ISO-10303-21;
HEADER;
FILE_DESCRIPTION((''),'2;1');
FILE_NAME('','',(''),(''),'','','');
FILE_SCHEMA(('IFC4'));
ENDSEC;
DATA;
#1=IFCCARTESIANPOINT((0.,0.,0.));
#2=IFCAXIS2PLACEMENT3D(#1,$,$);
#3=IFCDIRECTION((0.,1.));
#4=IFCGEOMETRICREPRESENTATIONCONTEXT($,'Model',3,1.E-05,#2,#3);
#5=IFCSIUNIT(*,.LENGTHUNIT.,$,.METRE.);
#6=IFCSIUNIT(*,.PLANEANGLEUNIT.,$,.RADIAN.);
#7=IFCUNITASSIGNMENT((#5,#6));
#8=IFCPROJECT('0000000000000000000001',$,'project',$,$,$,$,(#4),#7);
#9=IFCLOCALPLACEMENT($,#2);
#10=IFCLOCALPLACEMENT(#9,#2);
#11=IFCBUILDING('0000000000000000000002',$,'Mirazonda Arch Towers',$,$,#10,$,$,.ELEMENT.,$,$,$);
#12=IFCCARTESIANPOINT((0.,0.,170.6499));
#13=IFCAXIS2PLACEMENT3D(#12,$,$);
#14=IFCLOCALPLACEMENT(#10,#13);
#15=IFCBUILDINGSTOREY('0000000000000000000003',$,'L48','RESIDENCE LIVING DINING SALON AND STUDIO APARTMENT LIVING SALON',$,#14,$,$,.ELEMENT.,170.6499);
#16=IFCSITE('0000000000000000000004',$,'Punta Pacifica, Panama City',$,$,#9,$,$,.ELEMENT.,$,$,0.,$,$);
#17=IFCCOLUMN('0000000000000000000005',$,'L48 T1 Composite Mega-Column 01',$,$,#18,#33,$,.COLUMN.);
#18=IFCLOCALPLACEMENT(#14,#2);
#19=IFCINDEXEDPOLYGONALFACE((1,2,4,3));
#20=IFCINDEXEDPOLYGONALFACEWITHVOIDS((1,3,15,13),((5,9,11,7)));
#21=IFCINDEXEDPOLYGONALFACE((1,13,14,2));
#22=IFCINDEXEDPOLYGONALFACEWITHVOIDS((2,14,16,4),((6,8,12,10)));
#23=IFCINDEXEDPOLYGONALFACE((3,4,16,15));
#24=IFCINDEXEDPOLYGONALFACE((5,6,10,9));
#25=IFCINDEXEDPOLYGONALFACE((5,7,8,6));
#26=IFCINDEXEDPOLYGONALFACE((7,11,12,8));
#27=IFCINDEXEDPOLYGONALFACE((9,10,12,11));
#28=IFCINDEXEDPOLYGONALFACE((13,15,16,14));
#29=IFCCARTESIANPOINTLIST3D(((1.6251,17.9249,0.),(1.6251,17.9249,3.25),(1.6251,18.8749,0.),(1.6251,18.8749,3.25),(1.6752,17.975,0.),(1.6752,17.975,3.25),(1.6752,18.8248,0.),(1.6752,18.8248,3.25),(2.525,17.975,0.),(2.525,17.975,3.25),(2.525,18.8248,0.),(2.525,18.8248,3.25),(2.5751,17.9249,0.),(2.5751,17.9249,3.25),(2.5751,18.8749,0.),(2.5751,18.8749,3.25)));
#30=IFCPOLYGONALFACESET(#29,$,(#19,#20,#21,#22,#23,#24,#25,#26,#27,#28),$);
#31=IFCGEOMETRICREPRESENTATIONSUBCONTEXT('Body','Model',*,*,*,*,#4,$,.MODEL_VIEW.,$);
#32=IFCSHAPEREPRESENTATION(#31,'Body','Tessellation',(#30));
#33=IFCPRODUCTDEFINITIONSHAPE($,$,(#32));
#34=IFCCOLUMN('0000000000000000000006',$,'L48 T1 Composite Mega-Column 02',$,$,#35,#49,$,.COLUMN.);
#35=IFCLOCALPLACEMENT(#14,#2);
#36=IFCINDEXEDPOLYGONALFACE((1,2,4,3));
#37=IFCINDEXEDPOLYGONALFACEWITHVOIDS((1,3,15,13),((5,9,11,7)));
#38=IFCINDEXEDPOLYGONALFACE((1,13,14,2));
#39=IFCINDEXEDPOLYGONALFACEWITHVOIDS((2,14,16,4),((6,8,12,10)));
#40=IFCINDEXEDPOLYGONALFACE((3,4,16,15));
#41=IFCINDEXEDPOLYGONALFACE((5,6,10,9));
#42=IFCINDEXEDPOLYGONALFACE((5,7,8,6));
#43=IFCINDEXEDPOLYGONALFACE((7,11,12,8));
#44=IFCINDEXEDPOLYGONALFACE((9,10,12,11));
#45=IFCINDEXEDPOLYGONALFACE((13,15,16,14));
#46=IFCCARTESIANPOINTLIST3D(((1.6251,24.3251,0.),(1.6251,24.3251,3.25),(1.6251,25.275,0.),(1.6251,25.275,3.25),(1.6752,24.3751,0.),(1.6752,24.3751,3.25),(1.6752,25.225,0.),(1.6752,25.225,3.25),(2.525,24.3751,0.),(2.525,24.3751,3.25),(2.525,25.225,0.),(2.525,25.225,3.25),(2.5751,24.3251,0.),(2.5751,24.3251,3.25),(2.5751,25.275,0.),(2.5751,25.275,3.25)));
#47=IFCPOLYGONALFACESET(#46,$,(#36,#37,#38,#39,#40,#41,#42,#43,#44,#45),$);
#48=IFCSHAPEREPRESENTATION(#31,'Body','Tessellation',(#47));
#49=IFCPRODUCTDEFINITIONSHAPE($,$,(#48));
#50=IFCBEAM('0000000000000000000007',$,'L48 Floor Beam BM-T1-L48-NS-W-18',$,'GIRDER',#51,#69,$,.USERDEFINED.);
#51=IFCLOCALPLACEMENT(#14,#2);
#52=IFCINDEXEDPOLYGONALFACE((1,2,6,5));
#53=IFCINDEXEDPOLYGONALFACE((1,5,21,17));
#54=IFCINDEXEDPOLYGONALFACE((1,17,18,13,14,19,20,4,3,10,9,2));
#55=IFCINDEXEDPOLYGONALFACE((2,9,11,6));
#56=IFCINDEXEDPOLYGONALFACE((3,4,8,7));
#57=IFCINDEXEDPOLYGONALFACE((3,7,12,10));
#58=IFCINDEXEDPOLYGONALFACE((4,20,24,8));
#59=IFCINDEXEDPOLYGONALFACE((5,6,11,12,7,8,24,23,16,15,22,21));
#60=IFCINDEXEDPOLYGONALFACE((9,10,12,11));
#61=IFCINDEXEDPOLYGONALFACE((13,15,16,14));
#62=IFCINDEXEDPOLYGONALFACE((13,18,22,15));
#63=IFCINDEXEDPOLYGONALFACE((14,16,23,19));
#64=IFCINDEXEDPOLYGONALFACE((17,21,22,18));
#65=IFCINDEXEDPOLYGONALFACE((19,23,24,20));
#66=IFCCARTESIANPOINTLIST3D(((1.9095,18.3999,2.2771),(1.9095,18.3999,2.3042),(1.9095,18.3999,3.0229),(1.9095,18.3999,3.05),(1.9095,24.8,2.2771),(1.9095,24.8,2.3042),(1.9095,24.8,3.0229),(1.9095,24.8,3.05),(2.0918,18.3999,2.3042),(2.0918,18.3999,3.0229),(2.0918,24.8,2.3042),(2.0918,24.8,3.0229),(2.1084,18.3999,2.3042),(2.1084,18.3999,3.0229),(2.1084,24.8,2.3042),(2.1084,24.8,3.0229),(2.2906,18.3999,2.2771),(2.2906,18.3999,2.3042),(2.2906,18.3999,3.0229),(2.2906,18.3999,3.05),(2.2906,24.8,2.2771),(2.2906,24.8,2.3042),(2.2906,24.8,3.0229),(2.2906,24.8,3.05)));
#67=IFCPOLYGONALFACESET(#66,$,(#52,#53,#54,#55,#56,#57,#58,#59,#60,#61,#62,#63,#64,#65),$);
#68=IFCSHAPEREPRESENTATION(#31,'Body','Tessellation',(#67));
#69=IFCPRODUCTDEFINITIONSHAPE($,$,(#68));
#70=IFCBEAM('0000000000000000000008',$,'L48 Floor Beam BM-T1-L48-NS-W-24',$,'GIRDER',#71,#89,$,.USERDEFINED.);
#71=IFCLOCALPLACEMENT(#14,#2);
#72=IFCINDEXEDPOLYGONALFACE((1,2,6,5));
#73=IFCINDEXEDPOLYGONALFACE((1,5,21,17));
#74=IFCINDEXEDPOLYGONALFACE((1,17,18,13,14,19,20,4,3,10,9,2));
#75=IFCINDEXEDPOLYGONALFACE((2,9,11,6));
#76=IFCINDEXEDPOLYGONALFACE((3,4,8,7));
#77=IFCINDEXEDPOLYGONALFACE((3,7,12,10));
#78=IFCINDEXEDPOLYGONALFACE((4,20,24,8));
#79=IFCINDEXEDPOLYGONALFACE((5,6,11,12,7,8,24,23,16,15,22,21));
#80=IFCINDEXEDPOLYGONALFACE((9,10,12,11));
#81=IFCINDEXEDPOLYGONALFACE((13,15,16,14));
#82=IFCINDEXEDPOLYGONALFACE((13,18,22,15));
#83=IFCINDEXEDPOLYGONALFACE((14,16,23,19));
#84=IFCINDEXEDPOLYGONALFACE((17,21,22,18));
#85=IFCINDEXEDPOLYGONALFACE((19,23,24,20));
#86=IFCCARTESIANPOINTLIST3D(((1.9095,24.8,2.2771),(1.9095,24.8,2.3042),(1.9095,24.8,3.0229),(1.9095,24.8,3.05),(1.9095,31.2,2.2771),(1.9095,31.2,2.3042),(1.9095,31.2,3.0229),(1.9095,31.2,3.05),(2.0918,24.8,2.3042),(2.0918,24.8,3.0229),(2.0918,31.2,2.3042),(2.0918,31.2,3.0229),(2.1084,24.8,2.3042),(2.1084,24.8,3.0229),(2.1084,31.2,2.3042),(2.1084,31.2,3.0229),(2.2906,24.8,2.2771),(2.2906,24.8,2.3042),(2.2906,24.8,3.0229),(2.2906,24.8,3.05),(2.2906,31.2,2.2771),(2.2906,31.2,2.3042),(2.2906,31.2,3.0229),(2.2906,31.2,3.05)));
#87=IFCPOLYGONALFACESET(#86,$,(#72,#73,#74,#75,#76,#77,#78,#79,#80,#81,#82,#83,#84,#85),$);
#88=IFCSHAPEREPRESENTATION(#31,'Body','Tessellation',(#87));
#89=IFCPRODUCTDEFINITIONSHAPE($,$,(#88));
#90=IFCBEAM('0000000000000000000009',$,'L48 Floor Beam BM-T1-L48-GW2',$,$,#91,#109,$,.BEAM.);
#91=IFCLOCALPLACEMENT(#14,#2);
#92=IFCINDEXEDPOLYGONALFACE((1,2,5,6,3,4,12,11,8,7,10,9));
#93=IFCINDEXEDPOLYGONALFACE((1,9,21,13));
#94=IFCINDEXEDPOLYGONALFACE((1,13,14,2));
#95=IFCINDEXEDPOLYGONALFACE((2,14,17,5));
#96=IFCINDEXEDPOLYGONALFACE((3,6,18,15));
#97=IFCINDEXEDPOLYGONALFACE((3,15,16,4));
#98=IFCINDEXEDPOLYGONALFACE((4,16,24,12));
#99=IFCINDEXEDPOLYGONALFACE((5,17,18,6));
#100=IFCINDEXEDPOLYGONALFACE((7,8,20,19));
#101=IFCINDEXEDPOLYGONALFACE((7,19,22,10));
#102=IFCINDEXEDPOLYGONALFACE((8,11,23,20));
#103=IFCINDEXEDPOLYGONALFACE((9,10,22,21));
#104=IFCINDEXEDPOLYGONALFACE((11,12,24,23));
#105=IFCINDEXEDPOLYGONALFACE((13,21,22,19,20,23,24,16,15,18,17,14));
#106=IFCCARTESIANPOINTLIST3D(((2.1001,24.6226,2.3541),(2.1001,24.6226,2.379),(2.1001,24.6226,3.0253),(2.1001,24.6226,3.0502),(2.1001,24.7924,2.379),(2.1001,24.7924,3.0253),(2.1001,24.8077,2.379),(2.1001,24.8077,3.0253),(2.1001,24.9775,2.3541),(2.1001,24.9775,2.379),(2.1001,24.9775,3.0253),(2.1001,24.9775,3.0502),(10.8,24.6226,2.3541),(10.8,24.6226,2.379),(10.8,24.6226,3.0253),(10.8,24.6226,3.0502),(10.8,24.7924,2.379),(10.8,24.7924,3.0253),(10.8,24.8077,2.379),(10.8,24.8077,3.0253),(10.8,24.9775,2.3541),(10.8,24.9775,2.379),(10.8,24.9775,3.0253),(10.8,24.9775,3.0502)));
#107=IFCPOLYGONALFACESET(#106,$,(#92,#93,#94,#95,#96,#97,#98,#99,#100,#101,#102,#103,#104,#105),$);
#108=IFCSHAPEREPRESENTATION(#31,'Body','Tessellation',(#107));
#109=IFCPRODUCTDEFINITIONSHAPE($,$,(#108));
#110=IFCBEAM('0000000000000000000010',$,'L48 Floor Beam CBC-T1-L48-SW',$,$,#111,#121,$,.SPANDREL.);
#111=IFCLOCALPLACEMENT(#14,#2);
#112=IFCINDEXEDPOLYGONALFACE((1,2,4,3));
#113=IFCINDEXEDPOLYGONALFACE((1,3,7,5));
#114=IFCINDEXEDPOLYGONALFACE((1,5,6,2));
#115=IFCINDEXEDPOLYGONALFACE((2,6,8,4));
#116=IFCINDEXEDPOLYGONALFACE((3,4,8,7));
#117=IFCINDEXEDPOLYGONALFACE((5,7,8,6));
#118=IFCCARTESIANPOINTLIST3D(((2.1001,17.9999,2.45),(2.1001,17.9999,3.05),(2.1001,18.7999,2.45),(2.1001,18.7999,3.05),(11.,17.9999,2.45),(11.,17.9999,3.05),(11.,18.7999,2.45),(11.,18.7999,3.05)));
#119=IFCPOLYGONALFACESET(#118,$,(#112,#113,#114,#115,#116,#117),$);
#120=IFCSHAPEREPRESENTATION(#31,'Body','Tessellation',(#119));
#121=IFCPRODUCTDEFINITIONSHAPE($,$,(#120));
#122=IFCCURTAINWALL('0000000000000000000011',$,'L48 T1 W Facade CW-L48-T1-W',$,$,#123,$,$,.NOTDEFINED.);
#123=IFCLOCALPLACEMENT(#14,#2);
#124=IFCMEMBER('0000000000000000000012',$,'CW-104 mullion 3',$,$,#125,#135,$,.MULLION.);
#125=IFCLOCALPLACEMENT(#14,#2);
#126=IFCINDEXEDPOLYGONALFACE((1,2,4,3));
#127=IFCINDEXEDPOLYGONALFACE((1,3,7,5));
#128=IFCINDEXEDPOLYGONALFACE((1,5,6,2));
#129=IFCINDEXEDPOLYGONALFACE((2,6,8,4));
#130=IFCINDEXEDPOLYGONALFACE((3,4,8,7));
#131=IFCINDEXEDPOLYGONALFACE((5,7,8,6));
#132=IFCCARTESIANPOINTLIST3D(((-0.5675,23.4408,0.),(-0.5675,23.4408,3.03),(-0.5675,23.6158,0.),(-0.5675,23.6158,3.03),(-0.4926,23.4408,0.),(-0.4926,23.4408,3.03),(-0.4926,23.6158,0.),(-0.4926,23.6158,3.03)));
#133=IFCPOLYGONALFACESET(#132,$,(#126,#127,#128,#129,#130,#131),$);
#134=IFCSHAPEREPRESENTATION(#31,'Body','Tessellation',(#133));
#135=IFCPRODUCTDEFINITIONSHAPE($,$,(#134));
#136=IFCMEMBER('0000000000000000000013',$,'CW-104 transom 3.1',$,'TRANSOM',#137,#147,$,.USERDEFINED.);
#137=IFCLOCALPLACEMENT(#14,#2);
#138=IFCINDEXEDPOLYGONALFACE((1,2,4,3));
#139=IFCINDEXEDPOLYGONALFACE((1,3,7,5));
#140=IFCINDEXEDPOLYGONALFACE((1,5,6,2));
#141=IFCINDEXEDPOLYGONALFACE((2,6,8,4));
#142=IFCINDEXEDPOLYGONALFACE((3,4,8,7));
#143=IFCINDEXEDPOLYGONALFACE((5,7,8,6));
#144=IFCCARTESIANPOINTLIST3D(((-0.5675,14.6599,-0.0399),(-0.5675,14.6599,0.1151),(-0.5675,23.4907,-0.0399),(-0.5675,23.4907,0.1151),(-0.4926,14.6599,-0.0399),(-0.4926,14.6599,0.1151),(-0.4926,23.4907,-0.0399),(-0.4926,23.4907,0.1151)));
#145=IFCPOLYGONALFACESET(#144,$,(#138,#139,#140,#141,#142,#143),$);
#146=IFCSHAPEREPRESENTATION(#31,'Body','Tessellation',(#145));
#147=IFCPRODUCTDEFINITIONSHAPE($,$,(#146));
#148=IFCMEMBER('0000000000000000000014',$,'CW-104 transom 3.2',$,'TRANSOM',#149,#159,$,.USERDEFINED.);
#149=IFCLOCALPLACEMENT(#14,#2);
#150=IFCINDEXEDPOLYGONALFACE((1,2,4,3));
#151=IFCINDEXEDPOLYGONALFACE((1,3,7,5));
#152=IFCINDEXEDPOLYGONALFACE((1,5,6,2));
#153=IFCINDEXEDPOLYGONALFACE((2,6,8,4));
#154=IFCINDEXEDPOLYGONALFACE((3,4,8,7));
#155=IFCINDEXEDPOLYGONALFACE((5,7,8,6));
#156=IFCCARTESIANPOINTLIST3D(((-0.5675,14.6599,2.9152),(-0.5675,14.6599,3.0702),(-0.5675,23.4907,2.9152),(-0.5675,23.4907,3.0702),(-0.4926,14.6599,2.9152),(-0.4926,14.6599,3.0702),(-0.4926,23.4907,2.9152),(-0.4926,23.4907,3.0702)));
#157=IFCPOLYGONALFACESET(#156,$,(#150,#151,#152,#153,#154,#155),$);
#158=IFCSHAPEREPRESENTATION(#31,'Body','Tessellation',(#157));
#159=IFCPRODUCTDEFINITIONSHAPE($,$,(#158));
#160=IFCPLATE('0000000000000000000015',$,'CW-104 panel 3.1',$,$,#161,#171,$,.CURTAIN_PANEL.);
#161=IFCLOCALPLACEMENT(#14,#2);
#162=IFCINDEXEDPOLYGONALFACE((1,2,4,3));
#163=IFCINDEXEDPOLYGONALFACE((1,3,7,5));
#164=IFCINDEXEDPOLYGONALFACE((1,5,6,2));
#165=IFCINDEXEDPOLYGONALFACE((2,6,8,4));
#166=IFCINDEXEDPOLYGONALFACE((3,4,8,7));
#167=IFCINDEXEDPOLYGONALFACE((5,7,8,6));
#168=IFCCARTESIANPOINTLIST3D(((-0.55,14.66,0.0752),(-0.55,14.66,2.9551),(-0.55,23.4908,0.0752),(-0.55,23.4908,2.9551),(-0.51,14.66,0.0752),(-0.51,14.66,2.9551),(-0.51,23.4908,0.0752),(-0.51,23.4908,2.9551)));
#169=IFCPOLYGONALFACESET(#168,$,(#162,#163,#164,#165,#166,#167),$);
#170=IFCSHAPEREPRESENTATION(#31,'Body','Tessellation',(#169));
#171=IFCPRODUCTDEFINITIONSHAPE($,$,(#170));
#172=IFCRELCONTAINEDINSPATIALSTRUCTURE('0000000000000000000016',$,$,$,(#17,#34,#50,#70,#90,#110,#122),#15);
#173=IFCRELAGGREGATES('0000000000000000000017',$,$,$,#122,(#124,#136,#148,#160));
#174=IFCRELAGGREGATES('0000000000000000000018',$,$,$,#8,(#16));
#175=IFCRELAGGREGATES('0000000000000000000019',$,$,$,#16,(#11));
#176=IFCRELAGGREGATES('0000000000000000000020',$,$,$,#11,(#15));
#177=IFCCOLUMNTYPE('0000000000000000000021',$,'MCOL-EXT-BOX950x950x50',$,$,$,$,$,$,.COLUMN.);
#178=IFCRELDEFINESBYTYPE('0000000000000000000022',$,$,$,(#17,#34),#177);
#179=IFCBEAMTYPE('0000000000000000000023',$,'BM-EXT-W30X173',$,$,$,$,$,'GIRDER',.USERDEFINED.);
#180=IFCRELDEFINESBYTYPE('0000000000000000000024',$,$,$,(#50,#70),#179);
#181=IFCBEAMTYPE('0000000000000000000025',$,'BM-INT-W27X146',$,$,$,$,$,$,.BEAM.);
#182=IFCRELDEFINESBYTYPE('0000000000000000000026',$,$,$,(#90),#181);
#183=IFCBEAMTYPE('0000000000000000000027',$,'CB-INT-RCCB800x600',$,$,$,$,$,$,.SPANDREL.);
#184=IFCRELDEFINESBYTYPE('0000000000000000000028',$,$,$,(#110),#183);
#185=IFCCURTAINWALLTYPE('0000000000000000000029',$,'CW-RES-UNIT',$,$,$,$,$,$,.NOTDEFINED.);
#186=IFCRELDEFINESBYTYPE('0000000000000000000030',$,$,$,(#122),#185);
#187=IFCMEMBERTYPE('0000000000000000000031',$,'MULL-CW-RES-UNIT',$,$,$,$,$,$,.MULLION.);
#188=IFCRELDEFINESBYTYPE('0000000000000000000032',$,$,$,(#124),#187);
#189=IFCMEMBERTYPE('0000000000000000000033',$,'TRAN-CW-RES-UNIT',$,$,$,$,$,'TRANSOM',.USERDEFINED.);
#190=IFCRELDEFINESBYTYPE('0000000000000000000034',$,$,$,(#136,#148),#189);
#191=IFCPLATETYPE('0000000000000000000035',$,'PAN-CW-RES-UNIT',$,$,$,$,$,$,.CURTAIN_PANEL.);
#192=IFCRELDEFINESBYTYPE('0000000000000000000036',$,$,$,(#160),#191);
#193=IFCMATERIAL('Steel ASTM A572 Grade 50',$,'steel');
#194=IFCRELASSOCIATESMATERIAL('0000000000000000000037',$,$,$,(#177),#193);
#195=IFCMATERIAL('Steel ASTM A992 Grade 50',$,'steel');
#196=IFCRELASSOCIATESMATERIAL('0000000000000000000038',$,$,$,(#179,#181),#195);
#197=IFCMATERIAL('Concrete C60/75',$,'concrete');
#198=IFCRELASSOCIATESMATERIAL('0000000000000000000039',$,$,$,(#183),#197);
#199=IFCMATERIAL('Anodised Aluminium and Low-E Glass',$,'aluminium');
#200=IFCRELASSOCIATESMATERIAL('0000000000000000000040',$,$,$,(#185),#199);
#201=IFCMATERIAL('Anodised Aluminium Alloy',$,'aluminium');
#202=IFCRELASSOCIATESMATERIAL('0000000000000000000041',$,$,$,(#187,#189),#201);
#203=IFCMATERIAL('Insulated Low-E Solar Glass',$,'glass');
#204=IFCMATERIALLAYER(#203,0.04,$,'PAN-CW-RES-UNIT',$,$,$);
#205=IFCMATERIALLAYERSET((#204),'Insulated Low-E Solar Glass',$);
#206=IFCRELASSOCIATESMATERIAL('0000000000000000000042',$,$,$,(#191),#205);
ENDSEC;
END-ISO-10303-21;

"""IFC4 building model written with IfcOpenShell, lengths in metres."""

from ifc_helpers import new_model, si_unit, direction, frame, origin, origin_2d, place, context, subcontext, project, spatial, rectangle, hollow_rectangle, i_section, extrude, material, layer, layer_set, material_profile, profile_set, type_object, element, aggregate, save


model = new_model("IFC4")

# Units and contexts
model_context = context("Model", 3, precision=1e-05, world=origin(), true_north=direction((0.0, 1.0)))
body_context = subcontext(model_context, "Body", "Model", "MODEL_VIEW")
ifc_project = project(units=[si_unit("LENGTHUNIT", "METRE"), si_unit("PLANEANGLEUNIT", "RADIAN")], contexts=[model_context])

# Site, building, storey
site_placement = place(None, origin())
site = spatial("IfcSite", under=ifc_project, at=site_placement, Name="Punta Pacifica, Panama City", CompositionType="ELEMENT", RefElevation=0.0)
building_placement = place(site_placement, origin())
building = spatial("IfcBuilding", under=site, at=building_placement, Name="Mirazonda Arch Towers", CompositionType="ELEMENT")
storey_placement = place(building_placement, frame((0.0, 0.0, 170.6499)))
storey = spatial("IfcBuildingStorey", under=building, at=storey_placement, Name="L48", Description="RESIDENCE LIVING DINING SALON AND STUDIO APARTMENT LIVING SALON", CompositionType="ELEMENT", Elevation=170.6499)

# Columns
ifc_material_1 = material(Name="Steel ASTM A572 Grade 50", Category="steel")
ifc_material_profile_1 = material_profile(ifc_material_1, hollow_rectangle(XDim=0.95, YDim=0.95, WallThickness=0.05, at=origin_2d()), Name="BOX950x950x50")
ifc_profile_set_1 = profile_set([ifc_material_profile_1], Name="Steel ASTM A572 Grade 50")
column_type = type_object("IfcColumnType", Name="MCOL-EXT-BOX950x950x50", PredefinedType="COLUMN", material=ifc_profile_set_1)
for number, where, z_axis, x_axis, name in (
    (1, (2.1001, 18.3999, 0.0), (0.0, 0.0, 1.0), (1.0, 0.0, 0.0), "L48 T1 Composite Mega-Column 01"),
    (2, (2.1001, 24.8, 0.0), (0.0, 0.0, 1.0), (1.0, 0.0, 0.0), "L48 T1 Composite Mega-Column 02"),
):
    element("IfcColumn", number, at=place(storey_placement, frame(where, z_axis=z_axis, x_axis=x_axis)), inside=storey, type_object=column_type, Name=name, PredefinedType="COLUMN", context=body_context, shape_type="SweptSolid", body=[
        extrude(hollow_rectangle(XDim=0.95, YDim=0.95, WallThickness=0.05, at=origin_2d()), origin(), (0.0, 0.0, 1.0), 3.25),
    ])

# Beams
ifc_material_2 = material(Name="Steel ASTM A992 Grade 50", Category="steel")
ifc_material_profile_2 = material_profile(ifc_material_2, i_section(OverallWidth=0.3811, OverallDepth=0.7729, WebThickness=0.0166, FlangeThickness=0.0271, at=origin_2d()), Name="W30X173")
ifc_profile_set_2 = profile_set([ifc_material_profile_2], Name="Steel ASTM A992 Grade 50")
beam_type_1 = type_object("IfcBeamType", Name="BM-EXT-W30X173", ElementType="GIRDER", PredefinedType="USERDEFINED", material=ifc_profile_set_2)
beam_1_placement = place(storey_placement, frame((2.1001, 18.3999, 2.6636), z_axis=(0.0, 1.0, 0.0), x_axis=(-1.0, 0.0, 0.0)))
element("IfcBeam", 3, at=beam_1_placement, inside=storey, type_object=beam_type_1, Name="L48 Floor Beam BM-T1-L48-NS-W-18", ObjectType="GIRDER", PredefinedType="USERDEFINED", context=body_context, shape_type="SweptSolid", body=[
    extrude(i_section(OverallWidth=0.3811, OverallDepth=0.7729, WebThickness=0.0166, FlangeThickness=0.0271, at=origin_2d()), origin(), (0.0, 0.0, 1.0), 6.4001),
])
beam_2_placement = place(storey_placement, frame((2.1001, 24.8, 2.6636), z_axis=(0.0, 1.0, 0.0), x_axis=(-1.0, 0.0, 0.0)))
element("IfcBeam", 4, at=beam_2_placement, inside=storey, type_object=beam_type_1, Name="L48 Floor Beam BM-T1-L48-NS-W-24", ObjectType="GIRDER", PredefinedType="USERDEFINED", context=body_context, shape_type="SweptSolid", body=[
    extrude(i_section(OverallWidth=0.3811, OverallDepth=0.7729, WebThickness=0.0166, FlangeThickness=0.0271, at=origin_2d()), origin(), (0.0, 0.0, 1.0), 6.3999),
])
ifc_material_profile_3 = material_profile(ifc_material_2, i_section(OverallWidth=0.355, OverallDepth=0.696, WebThickness=0.0154, FlangeThickness=0.0249, at=origin_2d()), Name="W27X146")
ifc_profile_set_3 = profile_set([ifc_material_profile_3], Name="Steel ASTM A992 Grade 50")
beam_type_2 = type_object("IfcBeamType", Name="BM-INT-W27X146", PredefinedType="BEAM", material=ifc_profile_set_3)
beam_3_placement = place(storey_placement, frame((2.1001, 24.8, 2.7021), z_axis=(1.0, 0.0, 0.0), x_axis=(0.0, 1.0, 0.0)))
element("IfcBeam", 5, at=beam_3_placement, inside=storey, type_object=beam_type_2, Name="L48 Floor Beam BM-T1-L48-GW2", PredefinedType="BEAM", context=body_context, shape_type="SweptSolid", body=[
    extrude(i_section(OverallWidth=0.355, OverallDepth=0.696, WebThickness=0.0154, FlangeThickness=0.0249, at=origin_2d()), origin(), (0.0, 0.0, 1.0), 8.7),
])
ifc_material_3 = material(Name="Concrete C60/75", Category="concrete")
ifc_material_profile_4 = material_profile(ifc_material_3, rectangle(XDim=0.8, YDim=0.6001, at=origin_2d()), Name="RCCB800x600")
ifc_profile_set_4 = profile_set([ifc_material_profile_4], Name="Concrete C60/75")
beam_type_3 = type_object("IfcBeamType", Name="CB-INT-RCCB800x600", PredefinedType="SPANDREL", material=ifc_profile_set_4)
beam_4_placement = place(storey_placement, frame((2.1001, 18.3999, 2.75), z_axis=(1.0, 0.0, 0.0), x_axis=(0.0, 1.0, 0.0)))
element("IfcBeam", 6, at=beam_4_placement, inside=storey, type_object=beam_type_3, Name="L48 Floor Beam CBC-T1-L48-SW", PredefinedType="SPANDREL", context=body_context, shape_type="SweptSolid", body=[
    extrude(rectangle(XDim=0.8, YDim=0.6001, at=origin_2d()), origin(), (0.0, 0.0, 1.0), 8.8999),
])

# Curtain wall, members, plate
ifc_material_4 = material(Name="Anodised Aluminium and Low-E Glass", Category="aluminium")
curtain_wall_type = type_object("IfcCurtainWallType", Name="CW-RES-UNIT", PredefinedType="NOTDEFINED", material=ifc_material_4)
curtain_wall_placement = place(storey_placement, origin())
curtain_wall = element("IfcCurtainWall", 7, at=curtain_wall_placement, inside=storey, type_object=curtain_wall_type, Name="L48 T1 W Facade CW-L48-T1-W", PredefinedType="NOTDEFINED")
ifc_material_5 = material(Name="Anodised Aluminium Alloy", Category="aluminium")
ifc_material_profile_5 = material_profile(ifc_material_5, rectangle(XDim=0.075, YDim=0.175, at=origin_2d()), Name="ALU-MULL-75x175")
ifc_profile_set_5 = profile_set([ifc_material_profile_5], Name="Anodised Aluminium Alloy")
member_type_1 = type_object("IfcMemberType", Name="MULL-CW-RES-UNIT", PredefinedType="MULLION", material=ifc_profile_set_5)
member_1_placement = place(storey_placement, frame((-0.53, 23.5283, 0.0), z_axis=(0.0, 0.0, 1.0), x_axis=(1.0, 0.0, 0.0)))
member_1 = element("IfcMember", 8, at=member_1_placement, type_object=member_type_1, Name="CW-104 mullion 3", PredefinedType="MULLION", context=body_context, shape_type="SweptSolid", body=[
    extrude(rectangle(XDim=0.075, YDim=0.175, at=origin_2d()), origin(), (0.0, 0.0, 1.0), 3.03),
])
ifc_material_profile_6 = material_profile(ifc_material_5, rectangle(XDim=0.075, YDim=0.155, at=origin_2d()), Name="ALU-TRAN-75x155")
ifc_profile_set_6 = profile_set([ifc_material_profile_6], Name="Anodised Aluminium Alloy")
member_type_2 = type_object("IfcMemberType", Name="TRAN-CW-RES-UNIT", ElementType="TRANSOM", PredefinedType="USERDEFINED", material=ifc_profile_set_6)
member_2_placement = place(storey_placement, frame((-0.53, 23.4907, 0.0376), z_axis=(0.0, -1.0, 0.0), x_axis=(1.0, 0.0, 0.0)))
member_2 = element("IfcMember", 9, at=member_2_placement, type_object=member_type_2, Name="CW-104 transom 3.1", ObjectType="TRANSOM", PredefinedType="USERDEFINED", context=body_context, shape_type="SweptSolid", body=[
    extrude(rectangle(XDim=0.075, YDim=0.155, at=origin_2d()), origin(), (0.0, 0.0, 1.0), 8.8308),
])
member_3_placement = place(storey_placement, frame((-0.53, 23.4907, 2.9927), z_axis=(0.0, -1.0, 0.0), x_axis=(1.0, 0.0, 0.0)))
member_3 = element("IfcMember", 10, at=member_3_placement, type_object=member_type_2, Name="CW-104 transom 3.2", ObjectType="TRANSOM", PredefinedType="USERDEFINED", context=body_context, shape_type="SweptSolid", body=[
    extrude(rectangle(XDim=0.075, YDim=0.155, at=origin_2d()), origin(), (0.0, 0.0, 1.0), 8.8308),
])
ifc_material_6 = material(Name="Insulated Low-E Solar Glass", Category="glass")
ifc_layer_1 = layer(ifc_material_6, 0.04, Name="PAN-CW-RES-UNIT")
ifc_layer_set_1 = layer_set([ifc_layer_1], Name="Insulated Low-E Solar Glass")
plate_type = type_object("IfcPlateType", Name="PAN-CW-RES-UNIT", PredefinedType="CURTAIN_PANEL", material=ifc_layer_set_1)
plate_placement = place(storey_placement, frame((-0.53, 19.0754, 0.0752), z_axis=(0.0, 0.0, 1.0), x_axis=(0.0, -1.0, 0.0)))
plate = element("IfcPlate", 11, at=plate_placement, type_object=plate_type, Name="CW-104 panel 3.1", PredefinedType="CURTAIN_PANEL", context=body_context, shape_type="SweptSolid", body=[
    extrude(rectangle(XDim=8.8308, YDim=0.04, at=origin_2d()), origin(), (0.0, 0.0, 1.0), 2.8799),
])
aggregate(curtain_wall, [member_1, member_2, member_3, plate])

save(model, "model.ifc")
